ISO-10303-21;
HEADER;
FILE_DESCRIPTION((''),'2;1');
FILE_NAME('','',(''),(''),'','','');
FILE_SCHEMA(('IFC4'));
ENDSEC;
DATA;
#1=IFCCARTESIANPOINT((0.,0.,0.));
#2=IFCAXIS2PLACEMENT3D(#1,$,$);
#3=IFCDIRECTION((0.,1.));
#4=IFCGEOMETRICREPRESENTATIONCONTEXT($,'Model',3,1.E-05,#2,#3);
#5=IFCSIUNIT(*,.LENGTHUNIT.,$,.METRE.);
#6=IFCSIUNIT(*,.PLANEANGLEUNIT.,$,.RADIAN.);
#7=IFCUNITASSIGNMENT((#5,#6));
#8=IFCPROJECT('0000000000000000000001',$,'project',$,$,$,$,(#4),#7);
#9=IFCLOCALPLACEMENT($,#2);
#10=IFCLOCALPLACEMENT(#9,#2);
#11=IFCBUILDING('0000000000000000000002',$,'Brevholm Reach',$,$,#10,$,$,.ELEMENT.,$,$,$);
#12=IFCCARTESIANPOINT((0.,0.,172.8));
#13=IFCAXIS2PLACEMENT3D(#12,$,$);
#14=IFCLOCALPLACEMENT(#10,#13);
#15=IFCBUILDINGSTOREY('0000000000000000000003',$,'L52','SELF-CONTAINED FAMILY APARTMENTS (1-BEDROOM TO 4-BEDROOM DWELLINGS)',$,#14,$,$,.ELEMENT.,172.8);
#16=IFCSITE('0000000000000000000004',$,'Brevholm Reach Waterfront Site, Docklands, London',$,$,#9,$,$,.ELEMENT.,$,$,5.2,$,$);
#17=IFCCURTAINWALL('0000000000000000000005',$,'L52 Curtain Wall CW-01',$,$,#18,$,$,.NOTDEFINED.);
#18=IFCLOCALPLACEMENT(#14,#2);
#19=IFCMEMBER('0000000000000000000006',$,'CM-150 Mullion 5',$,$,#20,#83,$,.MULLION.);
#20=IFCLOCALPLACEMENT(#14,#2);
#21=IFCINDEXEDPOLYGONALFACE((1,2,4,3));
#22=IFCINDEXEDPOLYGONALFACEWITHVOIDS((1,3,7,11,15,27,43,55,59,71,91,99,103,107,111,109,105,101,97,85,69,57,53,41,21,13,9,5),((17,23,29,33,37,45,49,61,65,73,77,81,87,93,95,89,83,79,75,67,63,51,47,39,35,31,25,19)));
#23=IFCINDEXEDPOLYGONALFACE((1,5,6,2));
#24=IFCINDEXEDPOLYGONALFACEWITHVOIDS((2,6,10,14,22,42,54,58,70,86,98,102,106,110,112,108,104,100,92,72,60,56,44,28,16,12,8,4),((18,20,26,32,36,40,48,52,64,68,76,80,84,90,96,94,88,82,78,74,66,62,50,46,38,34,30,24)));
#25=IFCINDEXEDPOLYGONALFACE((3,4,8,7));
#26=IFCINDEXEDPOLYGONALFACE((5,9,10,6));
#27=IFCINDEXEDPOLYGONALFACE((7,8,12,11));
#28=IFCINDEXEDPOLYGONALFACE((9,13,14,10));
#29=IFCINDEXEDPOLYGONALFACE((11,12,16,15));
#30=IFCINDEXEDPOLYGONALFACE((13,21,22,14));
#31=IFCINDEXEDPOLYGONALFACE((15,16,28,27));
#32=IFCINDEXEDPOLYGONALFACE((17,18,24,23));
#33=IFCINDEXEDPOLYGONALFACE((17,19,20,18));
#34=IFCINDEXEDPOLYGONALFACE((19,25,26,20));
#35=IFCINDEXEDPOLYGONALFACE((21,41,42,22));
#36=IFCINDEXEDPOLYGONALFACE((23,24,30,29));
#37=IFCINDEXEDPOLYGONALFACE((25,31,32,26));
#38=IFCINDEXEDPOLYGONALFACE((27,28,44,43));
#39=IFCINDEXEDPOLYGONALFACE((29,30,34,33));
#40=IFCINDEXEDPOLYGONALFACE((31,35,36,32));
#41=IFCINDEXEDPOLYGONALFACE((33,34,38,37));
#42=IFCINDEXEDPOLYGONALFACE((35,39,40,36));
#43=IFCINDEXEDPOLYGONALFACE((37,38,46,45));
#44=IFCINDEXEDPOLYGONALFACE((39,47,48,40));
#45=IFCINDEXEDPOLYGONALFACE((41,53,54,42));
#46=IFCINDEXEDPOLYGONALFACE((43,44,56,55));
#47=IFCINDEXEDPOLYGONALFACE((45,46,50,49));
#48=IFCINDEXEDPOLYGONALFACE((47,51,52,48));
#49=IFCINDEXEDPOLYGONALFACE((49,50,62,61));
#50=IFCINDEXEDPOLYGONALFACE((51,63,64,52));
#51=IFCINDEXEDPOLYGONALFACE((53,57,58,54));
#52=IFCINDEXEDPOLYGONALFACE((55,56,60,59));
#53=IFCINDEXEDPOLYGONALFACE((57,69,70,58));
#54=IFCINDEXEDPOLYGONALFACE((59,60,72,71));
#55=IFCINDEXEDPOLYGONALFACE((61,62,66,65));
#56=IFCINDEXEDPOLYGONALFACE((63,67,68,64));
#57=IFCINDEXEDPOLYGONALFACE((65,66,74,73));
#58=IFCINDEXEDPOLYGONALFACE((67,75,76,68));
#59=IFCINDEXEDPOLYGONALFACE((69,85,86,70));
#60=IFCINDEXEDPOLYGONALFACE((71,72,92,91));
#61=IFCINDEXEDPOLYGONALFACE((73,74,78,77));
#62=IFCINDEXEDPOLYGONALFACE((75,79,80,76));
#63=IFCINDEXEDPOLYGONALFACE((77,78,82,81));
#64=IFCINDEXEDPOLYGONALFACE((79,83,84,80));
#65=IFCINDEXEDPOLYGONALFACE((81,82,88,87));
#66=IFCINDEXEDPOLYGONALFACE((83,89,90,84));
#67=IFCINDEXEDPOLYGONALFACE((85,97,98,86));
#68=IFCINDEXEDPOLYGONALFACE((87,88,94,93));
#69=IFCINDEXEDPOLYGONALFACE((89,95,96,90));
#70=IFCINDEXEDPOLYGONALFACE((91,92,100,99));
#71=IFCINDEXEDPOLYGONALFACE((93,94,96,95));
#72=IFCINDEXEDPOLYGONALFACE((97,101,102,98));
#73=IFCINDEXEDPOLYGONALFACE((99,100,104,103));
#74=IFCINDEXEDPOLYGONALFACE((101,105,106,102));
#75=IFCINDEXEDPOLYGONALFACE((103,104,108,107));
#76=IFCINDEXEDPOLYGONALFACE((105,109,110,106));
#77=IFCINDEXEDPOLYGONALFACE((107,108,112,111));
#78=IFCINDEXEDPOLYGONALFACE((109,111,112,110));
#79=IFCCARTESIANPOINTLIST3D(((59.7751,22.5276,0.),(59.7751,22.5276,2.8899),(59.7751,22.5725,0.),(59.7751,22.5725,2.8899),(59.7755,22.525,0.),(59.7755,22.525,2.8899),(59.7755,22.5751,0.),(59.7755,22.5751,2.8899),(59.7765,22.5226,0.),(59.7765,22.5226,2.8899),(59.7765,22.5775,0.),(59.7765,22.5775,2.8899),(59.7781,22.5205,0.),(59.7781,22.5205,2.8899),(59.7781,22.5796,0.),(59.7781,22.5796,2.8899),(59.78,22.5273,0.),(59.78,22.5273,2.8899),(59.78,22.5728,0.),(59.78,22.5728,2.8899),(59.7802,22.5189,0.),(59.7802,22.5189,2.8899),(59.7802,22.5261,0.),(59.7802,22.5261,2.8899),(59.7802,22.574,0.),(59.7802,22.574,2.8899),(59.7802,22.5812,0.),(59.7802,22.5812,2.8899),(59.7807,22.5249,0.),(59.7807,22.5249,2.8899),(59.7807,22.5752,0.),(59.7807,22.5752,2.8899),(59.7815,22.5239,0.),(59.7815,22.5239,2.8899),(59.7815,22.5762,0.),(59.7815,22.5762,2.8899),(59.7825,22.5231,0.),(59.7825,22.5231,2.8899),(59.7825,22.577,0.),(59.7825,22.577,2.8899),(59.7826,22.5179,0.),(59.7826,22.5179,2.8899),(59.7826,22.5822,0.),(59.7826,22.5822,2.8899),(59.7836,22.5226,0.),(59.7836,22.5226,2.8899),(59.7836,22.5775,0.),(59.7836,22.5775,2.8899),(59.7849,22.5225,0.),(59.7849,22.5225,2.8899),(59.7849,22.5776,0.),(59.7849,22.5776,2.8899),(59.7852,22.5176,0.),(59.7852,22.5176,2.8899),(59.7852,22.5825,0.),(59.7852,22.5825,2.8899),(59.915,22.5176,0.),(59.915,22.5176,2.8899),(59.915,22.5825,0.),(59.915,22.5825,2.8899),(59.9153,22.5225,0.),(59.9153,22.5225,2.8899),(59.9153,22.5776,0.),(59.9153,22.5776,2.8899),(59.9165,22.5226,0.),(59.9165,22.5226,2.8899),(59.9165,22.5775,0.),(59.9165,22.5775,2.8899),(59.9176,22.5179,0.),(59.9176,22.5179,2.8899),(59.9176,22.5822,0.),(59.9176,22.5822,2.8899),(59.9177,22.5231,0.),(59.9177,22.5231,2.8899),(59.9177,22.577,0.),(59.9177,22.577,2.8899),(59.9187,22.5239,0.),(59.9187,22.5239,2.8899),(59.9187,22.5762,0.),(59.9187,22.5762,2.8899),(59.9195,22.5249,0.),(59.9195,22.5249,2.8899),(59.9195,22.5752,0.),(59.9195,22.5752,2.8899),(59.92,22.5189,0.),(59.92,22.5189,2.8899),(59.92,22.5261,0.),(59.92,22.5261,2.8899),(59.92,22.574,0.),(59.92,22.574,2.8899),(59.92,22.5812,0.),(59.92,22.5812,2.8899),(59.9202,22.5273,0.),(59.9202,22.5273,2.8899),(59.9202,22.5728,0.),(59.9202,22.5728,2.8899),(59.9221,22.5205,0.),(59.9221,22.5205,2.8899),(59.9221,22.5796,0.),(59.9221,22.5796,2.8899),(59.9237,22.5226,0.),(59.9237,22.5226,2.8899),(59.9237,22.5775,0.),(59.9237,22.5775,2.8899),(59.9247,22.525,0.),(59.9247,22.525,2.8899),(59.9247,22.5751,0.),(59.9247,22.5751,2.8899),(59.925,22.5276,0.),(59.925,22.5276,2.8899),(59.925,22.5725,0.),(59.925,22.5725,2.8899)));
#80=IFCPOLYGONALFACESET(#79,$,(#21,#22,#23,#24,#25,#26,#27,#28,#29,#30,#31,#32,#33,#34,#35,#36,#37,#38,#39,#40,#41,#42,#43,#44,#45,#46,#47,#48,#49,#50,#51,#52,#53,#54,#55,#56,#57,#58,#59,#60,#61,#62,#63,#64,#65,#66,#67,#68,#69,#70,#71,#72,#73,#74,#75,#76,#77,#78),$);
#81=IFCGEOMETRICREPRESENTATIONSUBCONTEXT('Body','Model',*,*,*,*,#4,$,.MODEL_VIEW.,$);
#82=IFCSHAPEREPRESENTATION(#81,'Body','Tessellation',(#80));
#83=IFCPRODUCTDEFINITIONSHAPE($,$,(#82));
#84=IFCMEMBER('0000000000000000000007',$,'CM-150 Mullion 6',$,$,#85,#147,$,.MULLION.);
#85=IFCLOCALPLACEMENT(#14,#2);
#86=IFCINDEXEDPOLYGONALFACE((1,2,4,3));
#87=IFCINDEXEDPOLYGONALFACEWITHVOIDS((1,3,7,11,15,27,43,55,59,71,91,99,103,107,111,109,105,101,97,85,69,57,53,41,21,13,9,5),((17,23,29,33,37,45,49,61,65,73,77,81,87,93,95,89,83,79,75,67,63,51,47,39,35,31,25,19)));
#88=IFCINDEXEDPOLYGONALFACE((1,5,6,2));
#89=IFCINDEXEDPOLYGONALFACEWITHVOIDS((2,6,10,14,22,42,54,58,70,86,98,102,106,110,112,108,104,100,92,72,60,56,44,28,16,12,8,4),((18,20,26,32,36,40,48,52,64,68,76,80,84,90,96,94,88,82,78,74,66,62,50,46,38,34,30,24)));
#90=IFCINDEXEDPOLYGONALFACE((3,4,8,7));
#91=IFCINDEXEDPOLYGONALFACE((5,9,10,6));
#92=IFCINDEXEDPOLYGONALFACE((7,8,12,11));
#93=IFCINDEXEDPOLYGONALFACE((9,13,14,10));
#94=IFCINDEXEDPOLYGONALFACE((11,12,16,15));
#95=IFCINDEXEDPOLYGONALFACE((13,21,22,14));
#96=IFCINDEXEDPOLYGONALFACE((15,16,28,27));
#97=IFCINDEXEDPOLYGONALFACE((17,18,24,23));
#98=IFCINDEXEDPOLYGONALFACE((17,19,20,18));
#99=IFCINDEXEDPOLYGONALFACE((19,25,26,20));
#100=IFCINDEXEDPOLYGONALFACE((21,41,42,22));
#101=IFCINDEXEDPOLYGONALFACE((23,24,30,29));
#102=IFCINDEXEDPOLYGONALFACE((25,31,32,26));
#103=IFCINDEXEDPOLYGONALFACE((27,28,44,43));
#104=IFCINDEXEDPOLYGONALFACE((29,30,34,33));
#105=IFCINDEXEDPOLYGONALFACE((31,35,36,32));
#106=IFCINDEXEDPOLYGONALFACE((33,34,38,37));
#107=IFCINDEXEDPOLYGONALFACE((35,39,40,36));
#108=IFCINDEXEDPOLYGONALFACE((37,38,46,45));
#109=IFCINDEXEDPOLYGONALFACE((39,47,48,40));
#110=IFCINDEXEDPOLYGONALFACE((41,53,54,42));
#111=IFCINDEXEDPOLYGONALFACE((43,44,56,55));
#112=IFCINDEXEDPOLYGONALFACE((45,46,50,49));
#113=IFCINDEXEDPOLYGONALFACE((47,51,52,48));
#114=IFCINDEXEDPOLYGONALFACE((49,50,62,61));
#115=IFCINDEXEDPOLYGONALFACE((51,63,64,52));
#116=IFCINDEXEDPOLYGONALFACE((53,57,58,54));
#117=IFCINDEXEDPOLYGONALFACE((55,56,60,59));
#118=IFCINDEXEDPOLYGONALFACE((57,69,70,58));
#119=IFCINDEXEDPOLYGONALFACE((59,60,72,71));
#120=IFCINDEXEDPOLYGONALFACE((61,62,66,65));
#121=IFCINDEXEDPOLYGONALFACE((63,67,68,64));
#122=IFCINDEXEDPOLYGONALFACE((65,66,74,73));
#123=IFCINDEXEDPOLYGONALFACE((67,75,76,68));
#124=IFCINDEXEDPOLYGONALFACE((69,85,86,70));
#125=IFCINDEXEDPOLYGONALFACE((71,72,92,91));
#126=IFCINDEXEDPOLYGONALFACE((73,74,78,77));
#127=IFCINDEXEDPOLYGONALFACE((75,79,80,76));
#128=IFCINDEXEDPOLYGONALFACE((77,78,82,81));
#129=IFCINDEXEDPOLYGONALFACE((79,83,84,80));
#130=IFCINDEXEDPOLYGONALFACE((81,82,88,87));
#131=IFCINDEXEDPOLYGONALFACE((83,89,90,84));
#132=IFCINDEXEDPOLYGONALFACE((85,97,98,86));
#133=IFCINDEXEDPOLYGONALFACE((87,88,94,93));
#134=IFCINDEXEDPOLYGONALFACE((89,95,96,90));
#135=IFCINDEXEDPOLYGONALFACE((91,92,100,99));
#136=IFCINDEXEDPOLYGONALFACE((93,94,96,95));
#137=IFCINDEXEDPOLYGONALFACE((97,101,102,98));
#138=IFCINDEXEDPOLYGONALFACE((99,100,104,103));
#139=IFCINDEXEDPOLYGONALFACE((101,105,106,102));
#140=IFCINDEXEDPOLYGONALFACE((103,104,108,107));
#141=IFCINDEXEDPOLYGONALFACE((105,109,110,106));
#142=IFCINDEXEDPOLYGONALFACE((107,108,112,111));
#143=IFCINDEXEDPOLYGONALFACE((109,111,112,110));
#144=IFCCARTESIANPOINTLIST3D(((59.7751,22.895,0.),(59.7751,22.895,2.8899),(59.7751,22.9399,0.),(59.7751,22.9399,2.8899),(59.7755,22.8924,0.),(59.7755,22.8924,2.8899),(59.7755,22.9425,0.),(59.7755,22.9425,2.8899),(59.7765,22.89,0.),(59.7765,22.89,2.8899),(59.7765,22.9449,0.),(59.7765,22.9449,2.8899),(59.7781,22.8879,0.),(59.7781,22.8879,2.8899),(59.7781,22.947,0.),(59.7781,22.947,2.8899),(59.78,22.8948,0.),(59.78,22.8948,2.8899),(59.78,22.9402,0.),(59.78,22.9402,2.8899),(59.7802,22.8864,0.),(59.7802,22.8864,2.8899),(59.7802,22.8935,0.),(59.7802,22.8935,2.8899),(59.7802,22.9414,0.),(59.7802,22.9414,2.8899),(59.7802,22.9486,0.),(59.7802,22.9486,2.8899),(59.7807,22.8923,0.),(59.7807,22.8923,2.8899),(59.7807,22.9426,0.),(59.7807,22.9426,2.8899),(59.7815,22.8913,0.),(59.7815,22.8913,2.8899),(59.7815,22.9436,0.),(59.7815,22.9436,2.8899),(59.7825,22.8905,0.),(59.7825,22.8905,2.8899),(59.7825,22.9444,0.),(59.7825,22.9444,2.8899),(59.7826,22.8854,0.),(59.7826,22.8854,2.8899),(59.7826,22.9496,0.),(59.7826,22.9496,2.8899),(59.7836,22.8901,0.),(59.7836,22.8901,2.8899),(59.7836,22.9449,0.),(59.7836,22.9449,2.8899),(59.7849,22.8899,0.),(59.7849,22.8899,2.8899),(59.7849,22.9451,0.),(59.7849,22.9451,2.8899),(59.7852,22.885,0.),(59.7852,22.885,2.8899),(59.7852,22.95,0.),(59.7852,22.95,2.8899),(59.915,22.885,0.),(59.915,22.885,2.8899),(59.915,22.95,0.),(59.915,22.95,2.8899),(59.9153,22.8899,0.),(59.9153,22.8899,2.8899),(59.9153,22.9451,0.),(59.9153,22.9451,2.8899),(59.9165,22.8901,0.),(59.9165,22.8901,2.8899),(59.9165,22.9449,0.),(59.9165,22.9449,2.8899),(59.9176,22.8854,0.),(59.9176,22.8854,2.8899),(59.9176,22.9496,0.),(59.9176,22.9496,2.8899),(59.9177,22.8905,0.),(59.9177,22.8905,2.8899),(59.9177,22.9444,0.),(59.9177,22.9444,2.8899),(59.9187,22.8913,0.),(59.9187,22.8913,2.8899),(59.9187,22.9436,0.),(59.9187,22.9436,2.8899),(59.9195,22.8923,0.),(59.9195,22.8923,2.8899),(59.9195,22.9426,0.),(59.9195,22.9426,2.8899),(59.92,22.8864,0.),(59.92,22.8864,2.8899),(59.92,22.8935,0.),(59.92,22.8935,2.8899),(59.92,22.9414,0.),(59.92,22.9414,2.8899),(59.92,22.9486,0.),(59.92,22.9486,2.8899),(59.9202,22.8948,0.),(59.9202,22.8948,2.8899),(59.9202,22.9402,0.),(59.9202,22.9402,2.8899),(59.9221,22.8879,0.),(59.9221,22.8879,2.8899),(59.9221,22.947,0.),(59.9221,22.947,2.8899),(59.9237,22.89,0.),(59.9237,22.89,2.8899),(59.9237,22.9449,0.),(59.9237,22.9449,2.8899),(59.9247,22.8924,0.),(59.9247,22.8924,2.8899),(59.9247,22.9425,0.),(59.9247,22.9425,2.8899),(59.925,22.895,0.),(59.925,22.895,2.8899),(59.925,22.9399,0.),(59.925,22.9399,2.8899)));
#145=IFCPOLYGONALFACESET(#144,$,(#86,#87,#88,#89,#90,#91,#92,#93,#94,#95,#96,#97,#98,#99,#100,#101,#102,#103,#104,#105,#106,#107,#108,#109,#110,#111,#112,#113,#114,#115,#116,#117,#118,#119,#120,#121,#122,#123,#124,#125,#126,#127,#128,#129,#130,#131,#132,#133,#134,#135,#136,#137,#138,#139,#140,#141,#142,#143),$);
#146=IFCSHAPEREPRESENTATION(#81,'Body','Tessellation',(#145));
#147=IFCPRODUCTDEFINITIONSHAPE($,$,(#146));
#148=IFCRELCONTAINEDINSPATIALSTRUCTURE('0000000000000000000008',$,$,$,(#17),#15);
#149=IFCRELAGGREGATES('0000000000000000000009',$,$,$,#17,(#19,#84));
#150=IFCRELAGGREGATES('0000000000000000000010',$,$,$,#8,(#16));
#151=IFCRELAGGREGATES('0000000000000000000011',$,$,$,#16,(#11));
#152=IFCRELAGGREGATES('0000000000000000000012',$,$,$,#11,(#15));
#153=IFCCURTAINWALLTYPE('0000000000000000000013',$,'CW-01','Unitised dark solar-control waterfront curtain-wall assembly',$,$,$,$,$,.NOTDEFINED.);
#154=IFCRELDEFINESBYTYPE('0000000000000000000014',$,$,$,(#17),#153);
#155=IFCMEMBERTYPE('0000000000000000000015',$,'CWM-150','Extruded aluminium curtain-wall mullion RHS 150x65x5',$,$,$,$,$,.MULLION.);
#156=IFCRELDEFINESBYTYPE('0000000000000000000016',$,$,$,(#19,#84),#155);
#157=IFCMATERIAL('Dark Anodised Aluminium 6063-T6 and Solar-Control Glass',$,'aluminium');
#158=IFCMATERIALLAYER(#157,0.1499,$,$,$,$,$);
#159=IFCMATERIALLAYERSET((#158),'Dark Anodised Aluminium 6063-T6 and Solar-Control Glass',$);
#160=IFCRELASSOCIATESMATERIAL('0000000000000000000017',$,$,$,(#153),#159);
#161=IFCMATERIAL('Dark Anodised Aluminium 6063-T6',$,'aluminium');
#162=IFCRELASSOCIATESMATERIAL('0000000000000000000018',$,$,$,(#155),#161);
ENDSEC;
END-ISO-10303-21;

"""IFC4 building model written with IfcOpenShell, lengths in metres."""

from ifc_helpers import new_model, si_unit, direction, frame, origin, origin_2d, place, context, subcontext, project, spatial, hollow_rectangle, extrude, material, layer, layer_set, material_profile, profile_set, type_object, element, aggregate, save


model = new_model("IFC4")

# Units and contexts
model_context = context("Model", 3, precision=1e-05, world=origin(), true_north=direction((0.0, 1.0)))
body_context = subcontext(model_context, "Body", "Model", "MODEL_VIEW")
ifc_project = project(units=[si_unit("LENGTHUNIT", "METRE"), si_unit("PLANEANGLEUNIT", "RADIAN")], contexts=[model_context])

# Site, building, storey
site_placement = place(None, origin())
site = spatial("IfcSite", under=ifc_project, at=site_placement, Name="Brevholm Reach Waterfront Site, Docklands, London", CompositionType="ELEMENT", RefElevation=5.2)
building_placement = place(site_placement, origin())
building = spatial("IfcBuilding", under=site, at=building_placement, Name="Brevholm Reach", CompositionType="ELEMENT")
storey_placement = place(building_placement, frame((0.0, 0.0, 172.8)))
storey = spatial("IfcBuildingStorey", under=building, at=storey_placement, Name="L52", Description="SELF-CONTAINED FAMILY APARTMENTS (1-BEDROOM TO 4-BEDROOM DWELLINGS)", CompositionType="ELEMENT", Elevation=172.8)

# Curtain wall, members
ifc_material_1 = material(Name="Dark Anodised Aluminium 6063-T6 and Solar-Control Glass", Category="aluminium")
ifc_layer_1 = layer(ifc_material_1, 0.1499)
ifc_layer_set_1 = layer_set([ifc_layer_1], Name="Dark Anodised Aluminium 6063-T6 and Solar-Control Glass")
curtain_wall_type = type_object("IfcCurtainWallType", Name="CW-01", Description="Unitised dark solar-control waterfront curtain-wall assembly", PredefinedType="NOTDEFINED", material=ifc_layer_set_1)
curtain_wall_placement = place(storey_placement, origin())
curtain_wall = element("IfcCurtainWall", 1, at=curtain_wall_placement, inside=storey, type_object=curtain_wall_type, Name="L52 Curtain Wall CW-01", PredefinedType="NOTDEFINED")
ifc_material_2 = material(Name="Dark Anodised Aluminium 6063-T6", Category="aluminium")
ifc_material_profile_1 = material_profile(ifc_material_2, hollow_rectangle(XDim=0.0649, YDim=0.1499, WallThickness=0.0049, InnerFilletRadius=0.0049, OuterFilletRadius=0.01, at=origin_2d()), Name="RHS 150x65x5")
ifc_profile_set_1 = profile_set([ifc_material_profile_1], Name="Dark Anodised Aluminium 6063-T6")
member_type_1 = type_object("IfcMemberType", Name="CWM-150", Description="Extruded aluminium curtain-wall mullion RHS 150x65x5", PredefinedType="MULLION", material=ifc_profile_set_1)
member_1_placement = place(storey_placement, frame((59.8501, 22.55, 0.0), z_axis=(0.0, 0.0, 1.0), x_axis=(0.0, 1.0, 0.0)))
member_1 = element("IfcMember", 2, at=member_1_placement, type_object=member_type_1, Name="CM-150 Mullion 5", PredefinedType="MULLION", context=body_context, shape_type="SweptSolid", body=[
    extrude(hollow_rectangle(XDim=0.0649, YDim=0.1499, WallThickness=0.0049, InnerFilletRadius=0.0049, OuterFilletRadius=0.01, at=origin_2d()), origin(), (0.0, 0.0, 1.0), 2.8899),
])
member_2_placement = place(storey_placement, frame((59.8501, 22.9175, 0.0), z_axis=(0.0, 0.0, 1.0), x_axis=(0.0, 1.0, 0.0)))
member_2 = element("IfcMember", 3, at=member_2_placement, type_object=member_type_1, Name="CM-150 Mullion 6", PredefinedType="MULLION", context=body_context, shape_type="SweptSolid", body=[
    extrude(hollow_rectangle(XDim=0.0649, YDim=0.1499, WallThickness=0.0049, InnerFilletRadius=0.0049, OuterFilletRadius=0.01, at=origin_2d()), origin(), (0.0, 0.0, 1.0), 2.8899),
])
aggregate(curtain_wall, [member_1, member_2])

save(model, "model.ifc")
